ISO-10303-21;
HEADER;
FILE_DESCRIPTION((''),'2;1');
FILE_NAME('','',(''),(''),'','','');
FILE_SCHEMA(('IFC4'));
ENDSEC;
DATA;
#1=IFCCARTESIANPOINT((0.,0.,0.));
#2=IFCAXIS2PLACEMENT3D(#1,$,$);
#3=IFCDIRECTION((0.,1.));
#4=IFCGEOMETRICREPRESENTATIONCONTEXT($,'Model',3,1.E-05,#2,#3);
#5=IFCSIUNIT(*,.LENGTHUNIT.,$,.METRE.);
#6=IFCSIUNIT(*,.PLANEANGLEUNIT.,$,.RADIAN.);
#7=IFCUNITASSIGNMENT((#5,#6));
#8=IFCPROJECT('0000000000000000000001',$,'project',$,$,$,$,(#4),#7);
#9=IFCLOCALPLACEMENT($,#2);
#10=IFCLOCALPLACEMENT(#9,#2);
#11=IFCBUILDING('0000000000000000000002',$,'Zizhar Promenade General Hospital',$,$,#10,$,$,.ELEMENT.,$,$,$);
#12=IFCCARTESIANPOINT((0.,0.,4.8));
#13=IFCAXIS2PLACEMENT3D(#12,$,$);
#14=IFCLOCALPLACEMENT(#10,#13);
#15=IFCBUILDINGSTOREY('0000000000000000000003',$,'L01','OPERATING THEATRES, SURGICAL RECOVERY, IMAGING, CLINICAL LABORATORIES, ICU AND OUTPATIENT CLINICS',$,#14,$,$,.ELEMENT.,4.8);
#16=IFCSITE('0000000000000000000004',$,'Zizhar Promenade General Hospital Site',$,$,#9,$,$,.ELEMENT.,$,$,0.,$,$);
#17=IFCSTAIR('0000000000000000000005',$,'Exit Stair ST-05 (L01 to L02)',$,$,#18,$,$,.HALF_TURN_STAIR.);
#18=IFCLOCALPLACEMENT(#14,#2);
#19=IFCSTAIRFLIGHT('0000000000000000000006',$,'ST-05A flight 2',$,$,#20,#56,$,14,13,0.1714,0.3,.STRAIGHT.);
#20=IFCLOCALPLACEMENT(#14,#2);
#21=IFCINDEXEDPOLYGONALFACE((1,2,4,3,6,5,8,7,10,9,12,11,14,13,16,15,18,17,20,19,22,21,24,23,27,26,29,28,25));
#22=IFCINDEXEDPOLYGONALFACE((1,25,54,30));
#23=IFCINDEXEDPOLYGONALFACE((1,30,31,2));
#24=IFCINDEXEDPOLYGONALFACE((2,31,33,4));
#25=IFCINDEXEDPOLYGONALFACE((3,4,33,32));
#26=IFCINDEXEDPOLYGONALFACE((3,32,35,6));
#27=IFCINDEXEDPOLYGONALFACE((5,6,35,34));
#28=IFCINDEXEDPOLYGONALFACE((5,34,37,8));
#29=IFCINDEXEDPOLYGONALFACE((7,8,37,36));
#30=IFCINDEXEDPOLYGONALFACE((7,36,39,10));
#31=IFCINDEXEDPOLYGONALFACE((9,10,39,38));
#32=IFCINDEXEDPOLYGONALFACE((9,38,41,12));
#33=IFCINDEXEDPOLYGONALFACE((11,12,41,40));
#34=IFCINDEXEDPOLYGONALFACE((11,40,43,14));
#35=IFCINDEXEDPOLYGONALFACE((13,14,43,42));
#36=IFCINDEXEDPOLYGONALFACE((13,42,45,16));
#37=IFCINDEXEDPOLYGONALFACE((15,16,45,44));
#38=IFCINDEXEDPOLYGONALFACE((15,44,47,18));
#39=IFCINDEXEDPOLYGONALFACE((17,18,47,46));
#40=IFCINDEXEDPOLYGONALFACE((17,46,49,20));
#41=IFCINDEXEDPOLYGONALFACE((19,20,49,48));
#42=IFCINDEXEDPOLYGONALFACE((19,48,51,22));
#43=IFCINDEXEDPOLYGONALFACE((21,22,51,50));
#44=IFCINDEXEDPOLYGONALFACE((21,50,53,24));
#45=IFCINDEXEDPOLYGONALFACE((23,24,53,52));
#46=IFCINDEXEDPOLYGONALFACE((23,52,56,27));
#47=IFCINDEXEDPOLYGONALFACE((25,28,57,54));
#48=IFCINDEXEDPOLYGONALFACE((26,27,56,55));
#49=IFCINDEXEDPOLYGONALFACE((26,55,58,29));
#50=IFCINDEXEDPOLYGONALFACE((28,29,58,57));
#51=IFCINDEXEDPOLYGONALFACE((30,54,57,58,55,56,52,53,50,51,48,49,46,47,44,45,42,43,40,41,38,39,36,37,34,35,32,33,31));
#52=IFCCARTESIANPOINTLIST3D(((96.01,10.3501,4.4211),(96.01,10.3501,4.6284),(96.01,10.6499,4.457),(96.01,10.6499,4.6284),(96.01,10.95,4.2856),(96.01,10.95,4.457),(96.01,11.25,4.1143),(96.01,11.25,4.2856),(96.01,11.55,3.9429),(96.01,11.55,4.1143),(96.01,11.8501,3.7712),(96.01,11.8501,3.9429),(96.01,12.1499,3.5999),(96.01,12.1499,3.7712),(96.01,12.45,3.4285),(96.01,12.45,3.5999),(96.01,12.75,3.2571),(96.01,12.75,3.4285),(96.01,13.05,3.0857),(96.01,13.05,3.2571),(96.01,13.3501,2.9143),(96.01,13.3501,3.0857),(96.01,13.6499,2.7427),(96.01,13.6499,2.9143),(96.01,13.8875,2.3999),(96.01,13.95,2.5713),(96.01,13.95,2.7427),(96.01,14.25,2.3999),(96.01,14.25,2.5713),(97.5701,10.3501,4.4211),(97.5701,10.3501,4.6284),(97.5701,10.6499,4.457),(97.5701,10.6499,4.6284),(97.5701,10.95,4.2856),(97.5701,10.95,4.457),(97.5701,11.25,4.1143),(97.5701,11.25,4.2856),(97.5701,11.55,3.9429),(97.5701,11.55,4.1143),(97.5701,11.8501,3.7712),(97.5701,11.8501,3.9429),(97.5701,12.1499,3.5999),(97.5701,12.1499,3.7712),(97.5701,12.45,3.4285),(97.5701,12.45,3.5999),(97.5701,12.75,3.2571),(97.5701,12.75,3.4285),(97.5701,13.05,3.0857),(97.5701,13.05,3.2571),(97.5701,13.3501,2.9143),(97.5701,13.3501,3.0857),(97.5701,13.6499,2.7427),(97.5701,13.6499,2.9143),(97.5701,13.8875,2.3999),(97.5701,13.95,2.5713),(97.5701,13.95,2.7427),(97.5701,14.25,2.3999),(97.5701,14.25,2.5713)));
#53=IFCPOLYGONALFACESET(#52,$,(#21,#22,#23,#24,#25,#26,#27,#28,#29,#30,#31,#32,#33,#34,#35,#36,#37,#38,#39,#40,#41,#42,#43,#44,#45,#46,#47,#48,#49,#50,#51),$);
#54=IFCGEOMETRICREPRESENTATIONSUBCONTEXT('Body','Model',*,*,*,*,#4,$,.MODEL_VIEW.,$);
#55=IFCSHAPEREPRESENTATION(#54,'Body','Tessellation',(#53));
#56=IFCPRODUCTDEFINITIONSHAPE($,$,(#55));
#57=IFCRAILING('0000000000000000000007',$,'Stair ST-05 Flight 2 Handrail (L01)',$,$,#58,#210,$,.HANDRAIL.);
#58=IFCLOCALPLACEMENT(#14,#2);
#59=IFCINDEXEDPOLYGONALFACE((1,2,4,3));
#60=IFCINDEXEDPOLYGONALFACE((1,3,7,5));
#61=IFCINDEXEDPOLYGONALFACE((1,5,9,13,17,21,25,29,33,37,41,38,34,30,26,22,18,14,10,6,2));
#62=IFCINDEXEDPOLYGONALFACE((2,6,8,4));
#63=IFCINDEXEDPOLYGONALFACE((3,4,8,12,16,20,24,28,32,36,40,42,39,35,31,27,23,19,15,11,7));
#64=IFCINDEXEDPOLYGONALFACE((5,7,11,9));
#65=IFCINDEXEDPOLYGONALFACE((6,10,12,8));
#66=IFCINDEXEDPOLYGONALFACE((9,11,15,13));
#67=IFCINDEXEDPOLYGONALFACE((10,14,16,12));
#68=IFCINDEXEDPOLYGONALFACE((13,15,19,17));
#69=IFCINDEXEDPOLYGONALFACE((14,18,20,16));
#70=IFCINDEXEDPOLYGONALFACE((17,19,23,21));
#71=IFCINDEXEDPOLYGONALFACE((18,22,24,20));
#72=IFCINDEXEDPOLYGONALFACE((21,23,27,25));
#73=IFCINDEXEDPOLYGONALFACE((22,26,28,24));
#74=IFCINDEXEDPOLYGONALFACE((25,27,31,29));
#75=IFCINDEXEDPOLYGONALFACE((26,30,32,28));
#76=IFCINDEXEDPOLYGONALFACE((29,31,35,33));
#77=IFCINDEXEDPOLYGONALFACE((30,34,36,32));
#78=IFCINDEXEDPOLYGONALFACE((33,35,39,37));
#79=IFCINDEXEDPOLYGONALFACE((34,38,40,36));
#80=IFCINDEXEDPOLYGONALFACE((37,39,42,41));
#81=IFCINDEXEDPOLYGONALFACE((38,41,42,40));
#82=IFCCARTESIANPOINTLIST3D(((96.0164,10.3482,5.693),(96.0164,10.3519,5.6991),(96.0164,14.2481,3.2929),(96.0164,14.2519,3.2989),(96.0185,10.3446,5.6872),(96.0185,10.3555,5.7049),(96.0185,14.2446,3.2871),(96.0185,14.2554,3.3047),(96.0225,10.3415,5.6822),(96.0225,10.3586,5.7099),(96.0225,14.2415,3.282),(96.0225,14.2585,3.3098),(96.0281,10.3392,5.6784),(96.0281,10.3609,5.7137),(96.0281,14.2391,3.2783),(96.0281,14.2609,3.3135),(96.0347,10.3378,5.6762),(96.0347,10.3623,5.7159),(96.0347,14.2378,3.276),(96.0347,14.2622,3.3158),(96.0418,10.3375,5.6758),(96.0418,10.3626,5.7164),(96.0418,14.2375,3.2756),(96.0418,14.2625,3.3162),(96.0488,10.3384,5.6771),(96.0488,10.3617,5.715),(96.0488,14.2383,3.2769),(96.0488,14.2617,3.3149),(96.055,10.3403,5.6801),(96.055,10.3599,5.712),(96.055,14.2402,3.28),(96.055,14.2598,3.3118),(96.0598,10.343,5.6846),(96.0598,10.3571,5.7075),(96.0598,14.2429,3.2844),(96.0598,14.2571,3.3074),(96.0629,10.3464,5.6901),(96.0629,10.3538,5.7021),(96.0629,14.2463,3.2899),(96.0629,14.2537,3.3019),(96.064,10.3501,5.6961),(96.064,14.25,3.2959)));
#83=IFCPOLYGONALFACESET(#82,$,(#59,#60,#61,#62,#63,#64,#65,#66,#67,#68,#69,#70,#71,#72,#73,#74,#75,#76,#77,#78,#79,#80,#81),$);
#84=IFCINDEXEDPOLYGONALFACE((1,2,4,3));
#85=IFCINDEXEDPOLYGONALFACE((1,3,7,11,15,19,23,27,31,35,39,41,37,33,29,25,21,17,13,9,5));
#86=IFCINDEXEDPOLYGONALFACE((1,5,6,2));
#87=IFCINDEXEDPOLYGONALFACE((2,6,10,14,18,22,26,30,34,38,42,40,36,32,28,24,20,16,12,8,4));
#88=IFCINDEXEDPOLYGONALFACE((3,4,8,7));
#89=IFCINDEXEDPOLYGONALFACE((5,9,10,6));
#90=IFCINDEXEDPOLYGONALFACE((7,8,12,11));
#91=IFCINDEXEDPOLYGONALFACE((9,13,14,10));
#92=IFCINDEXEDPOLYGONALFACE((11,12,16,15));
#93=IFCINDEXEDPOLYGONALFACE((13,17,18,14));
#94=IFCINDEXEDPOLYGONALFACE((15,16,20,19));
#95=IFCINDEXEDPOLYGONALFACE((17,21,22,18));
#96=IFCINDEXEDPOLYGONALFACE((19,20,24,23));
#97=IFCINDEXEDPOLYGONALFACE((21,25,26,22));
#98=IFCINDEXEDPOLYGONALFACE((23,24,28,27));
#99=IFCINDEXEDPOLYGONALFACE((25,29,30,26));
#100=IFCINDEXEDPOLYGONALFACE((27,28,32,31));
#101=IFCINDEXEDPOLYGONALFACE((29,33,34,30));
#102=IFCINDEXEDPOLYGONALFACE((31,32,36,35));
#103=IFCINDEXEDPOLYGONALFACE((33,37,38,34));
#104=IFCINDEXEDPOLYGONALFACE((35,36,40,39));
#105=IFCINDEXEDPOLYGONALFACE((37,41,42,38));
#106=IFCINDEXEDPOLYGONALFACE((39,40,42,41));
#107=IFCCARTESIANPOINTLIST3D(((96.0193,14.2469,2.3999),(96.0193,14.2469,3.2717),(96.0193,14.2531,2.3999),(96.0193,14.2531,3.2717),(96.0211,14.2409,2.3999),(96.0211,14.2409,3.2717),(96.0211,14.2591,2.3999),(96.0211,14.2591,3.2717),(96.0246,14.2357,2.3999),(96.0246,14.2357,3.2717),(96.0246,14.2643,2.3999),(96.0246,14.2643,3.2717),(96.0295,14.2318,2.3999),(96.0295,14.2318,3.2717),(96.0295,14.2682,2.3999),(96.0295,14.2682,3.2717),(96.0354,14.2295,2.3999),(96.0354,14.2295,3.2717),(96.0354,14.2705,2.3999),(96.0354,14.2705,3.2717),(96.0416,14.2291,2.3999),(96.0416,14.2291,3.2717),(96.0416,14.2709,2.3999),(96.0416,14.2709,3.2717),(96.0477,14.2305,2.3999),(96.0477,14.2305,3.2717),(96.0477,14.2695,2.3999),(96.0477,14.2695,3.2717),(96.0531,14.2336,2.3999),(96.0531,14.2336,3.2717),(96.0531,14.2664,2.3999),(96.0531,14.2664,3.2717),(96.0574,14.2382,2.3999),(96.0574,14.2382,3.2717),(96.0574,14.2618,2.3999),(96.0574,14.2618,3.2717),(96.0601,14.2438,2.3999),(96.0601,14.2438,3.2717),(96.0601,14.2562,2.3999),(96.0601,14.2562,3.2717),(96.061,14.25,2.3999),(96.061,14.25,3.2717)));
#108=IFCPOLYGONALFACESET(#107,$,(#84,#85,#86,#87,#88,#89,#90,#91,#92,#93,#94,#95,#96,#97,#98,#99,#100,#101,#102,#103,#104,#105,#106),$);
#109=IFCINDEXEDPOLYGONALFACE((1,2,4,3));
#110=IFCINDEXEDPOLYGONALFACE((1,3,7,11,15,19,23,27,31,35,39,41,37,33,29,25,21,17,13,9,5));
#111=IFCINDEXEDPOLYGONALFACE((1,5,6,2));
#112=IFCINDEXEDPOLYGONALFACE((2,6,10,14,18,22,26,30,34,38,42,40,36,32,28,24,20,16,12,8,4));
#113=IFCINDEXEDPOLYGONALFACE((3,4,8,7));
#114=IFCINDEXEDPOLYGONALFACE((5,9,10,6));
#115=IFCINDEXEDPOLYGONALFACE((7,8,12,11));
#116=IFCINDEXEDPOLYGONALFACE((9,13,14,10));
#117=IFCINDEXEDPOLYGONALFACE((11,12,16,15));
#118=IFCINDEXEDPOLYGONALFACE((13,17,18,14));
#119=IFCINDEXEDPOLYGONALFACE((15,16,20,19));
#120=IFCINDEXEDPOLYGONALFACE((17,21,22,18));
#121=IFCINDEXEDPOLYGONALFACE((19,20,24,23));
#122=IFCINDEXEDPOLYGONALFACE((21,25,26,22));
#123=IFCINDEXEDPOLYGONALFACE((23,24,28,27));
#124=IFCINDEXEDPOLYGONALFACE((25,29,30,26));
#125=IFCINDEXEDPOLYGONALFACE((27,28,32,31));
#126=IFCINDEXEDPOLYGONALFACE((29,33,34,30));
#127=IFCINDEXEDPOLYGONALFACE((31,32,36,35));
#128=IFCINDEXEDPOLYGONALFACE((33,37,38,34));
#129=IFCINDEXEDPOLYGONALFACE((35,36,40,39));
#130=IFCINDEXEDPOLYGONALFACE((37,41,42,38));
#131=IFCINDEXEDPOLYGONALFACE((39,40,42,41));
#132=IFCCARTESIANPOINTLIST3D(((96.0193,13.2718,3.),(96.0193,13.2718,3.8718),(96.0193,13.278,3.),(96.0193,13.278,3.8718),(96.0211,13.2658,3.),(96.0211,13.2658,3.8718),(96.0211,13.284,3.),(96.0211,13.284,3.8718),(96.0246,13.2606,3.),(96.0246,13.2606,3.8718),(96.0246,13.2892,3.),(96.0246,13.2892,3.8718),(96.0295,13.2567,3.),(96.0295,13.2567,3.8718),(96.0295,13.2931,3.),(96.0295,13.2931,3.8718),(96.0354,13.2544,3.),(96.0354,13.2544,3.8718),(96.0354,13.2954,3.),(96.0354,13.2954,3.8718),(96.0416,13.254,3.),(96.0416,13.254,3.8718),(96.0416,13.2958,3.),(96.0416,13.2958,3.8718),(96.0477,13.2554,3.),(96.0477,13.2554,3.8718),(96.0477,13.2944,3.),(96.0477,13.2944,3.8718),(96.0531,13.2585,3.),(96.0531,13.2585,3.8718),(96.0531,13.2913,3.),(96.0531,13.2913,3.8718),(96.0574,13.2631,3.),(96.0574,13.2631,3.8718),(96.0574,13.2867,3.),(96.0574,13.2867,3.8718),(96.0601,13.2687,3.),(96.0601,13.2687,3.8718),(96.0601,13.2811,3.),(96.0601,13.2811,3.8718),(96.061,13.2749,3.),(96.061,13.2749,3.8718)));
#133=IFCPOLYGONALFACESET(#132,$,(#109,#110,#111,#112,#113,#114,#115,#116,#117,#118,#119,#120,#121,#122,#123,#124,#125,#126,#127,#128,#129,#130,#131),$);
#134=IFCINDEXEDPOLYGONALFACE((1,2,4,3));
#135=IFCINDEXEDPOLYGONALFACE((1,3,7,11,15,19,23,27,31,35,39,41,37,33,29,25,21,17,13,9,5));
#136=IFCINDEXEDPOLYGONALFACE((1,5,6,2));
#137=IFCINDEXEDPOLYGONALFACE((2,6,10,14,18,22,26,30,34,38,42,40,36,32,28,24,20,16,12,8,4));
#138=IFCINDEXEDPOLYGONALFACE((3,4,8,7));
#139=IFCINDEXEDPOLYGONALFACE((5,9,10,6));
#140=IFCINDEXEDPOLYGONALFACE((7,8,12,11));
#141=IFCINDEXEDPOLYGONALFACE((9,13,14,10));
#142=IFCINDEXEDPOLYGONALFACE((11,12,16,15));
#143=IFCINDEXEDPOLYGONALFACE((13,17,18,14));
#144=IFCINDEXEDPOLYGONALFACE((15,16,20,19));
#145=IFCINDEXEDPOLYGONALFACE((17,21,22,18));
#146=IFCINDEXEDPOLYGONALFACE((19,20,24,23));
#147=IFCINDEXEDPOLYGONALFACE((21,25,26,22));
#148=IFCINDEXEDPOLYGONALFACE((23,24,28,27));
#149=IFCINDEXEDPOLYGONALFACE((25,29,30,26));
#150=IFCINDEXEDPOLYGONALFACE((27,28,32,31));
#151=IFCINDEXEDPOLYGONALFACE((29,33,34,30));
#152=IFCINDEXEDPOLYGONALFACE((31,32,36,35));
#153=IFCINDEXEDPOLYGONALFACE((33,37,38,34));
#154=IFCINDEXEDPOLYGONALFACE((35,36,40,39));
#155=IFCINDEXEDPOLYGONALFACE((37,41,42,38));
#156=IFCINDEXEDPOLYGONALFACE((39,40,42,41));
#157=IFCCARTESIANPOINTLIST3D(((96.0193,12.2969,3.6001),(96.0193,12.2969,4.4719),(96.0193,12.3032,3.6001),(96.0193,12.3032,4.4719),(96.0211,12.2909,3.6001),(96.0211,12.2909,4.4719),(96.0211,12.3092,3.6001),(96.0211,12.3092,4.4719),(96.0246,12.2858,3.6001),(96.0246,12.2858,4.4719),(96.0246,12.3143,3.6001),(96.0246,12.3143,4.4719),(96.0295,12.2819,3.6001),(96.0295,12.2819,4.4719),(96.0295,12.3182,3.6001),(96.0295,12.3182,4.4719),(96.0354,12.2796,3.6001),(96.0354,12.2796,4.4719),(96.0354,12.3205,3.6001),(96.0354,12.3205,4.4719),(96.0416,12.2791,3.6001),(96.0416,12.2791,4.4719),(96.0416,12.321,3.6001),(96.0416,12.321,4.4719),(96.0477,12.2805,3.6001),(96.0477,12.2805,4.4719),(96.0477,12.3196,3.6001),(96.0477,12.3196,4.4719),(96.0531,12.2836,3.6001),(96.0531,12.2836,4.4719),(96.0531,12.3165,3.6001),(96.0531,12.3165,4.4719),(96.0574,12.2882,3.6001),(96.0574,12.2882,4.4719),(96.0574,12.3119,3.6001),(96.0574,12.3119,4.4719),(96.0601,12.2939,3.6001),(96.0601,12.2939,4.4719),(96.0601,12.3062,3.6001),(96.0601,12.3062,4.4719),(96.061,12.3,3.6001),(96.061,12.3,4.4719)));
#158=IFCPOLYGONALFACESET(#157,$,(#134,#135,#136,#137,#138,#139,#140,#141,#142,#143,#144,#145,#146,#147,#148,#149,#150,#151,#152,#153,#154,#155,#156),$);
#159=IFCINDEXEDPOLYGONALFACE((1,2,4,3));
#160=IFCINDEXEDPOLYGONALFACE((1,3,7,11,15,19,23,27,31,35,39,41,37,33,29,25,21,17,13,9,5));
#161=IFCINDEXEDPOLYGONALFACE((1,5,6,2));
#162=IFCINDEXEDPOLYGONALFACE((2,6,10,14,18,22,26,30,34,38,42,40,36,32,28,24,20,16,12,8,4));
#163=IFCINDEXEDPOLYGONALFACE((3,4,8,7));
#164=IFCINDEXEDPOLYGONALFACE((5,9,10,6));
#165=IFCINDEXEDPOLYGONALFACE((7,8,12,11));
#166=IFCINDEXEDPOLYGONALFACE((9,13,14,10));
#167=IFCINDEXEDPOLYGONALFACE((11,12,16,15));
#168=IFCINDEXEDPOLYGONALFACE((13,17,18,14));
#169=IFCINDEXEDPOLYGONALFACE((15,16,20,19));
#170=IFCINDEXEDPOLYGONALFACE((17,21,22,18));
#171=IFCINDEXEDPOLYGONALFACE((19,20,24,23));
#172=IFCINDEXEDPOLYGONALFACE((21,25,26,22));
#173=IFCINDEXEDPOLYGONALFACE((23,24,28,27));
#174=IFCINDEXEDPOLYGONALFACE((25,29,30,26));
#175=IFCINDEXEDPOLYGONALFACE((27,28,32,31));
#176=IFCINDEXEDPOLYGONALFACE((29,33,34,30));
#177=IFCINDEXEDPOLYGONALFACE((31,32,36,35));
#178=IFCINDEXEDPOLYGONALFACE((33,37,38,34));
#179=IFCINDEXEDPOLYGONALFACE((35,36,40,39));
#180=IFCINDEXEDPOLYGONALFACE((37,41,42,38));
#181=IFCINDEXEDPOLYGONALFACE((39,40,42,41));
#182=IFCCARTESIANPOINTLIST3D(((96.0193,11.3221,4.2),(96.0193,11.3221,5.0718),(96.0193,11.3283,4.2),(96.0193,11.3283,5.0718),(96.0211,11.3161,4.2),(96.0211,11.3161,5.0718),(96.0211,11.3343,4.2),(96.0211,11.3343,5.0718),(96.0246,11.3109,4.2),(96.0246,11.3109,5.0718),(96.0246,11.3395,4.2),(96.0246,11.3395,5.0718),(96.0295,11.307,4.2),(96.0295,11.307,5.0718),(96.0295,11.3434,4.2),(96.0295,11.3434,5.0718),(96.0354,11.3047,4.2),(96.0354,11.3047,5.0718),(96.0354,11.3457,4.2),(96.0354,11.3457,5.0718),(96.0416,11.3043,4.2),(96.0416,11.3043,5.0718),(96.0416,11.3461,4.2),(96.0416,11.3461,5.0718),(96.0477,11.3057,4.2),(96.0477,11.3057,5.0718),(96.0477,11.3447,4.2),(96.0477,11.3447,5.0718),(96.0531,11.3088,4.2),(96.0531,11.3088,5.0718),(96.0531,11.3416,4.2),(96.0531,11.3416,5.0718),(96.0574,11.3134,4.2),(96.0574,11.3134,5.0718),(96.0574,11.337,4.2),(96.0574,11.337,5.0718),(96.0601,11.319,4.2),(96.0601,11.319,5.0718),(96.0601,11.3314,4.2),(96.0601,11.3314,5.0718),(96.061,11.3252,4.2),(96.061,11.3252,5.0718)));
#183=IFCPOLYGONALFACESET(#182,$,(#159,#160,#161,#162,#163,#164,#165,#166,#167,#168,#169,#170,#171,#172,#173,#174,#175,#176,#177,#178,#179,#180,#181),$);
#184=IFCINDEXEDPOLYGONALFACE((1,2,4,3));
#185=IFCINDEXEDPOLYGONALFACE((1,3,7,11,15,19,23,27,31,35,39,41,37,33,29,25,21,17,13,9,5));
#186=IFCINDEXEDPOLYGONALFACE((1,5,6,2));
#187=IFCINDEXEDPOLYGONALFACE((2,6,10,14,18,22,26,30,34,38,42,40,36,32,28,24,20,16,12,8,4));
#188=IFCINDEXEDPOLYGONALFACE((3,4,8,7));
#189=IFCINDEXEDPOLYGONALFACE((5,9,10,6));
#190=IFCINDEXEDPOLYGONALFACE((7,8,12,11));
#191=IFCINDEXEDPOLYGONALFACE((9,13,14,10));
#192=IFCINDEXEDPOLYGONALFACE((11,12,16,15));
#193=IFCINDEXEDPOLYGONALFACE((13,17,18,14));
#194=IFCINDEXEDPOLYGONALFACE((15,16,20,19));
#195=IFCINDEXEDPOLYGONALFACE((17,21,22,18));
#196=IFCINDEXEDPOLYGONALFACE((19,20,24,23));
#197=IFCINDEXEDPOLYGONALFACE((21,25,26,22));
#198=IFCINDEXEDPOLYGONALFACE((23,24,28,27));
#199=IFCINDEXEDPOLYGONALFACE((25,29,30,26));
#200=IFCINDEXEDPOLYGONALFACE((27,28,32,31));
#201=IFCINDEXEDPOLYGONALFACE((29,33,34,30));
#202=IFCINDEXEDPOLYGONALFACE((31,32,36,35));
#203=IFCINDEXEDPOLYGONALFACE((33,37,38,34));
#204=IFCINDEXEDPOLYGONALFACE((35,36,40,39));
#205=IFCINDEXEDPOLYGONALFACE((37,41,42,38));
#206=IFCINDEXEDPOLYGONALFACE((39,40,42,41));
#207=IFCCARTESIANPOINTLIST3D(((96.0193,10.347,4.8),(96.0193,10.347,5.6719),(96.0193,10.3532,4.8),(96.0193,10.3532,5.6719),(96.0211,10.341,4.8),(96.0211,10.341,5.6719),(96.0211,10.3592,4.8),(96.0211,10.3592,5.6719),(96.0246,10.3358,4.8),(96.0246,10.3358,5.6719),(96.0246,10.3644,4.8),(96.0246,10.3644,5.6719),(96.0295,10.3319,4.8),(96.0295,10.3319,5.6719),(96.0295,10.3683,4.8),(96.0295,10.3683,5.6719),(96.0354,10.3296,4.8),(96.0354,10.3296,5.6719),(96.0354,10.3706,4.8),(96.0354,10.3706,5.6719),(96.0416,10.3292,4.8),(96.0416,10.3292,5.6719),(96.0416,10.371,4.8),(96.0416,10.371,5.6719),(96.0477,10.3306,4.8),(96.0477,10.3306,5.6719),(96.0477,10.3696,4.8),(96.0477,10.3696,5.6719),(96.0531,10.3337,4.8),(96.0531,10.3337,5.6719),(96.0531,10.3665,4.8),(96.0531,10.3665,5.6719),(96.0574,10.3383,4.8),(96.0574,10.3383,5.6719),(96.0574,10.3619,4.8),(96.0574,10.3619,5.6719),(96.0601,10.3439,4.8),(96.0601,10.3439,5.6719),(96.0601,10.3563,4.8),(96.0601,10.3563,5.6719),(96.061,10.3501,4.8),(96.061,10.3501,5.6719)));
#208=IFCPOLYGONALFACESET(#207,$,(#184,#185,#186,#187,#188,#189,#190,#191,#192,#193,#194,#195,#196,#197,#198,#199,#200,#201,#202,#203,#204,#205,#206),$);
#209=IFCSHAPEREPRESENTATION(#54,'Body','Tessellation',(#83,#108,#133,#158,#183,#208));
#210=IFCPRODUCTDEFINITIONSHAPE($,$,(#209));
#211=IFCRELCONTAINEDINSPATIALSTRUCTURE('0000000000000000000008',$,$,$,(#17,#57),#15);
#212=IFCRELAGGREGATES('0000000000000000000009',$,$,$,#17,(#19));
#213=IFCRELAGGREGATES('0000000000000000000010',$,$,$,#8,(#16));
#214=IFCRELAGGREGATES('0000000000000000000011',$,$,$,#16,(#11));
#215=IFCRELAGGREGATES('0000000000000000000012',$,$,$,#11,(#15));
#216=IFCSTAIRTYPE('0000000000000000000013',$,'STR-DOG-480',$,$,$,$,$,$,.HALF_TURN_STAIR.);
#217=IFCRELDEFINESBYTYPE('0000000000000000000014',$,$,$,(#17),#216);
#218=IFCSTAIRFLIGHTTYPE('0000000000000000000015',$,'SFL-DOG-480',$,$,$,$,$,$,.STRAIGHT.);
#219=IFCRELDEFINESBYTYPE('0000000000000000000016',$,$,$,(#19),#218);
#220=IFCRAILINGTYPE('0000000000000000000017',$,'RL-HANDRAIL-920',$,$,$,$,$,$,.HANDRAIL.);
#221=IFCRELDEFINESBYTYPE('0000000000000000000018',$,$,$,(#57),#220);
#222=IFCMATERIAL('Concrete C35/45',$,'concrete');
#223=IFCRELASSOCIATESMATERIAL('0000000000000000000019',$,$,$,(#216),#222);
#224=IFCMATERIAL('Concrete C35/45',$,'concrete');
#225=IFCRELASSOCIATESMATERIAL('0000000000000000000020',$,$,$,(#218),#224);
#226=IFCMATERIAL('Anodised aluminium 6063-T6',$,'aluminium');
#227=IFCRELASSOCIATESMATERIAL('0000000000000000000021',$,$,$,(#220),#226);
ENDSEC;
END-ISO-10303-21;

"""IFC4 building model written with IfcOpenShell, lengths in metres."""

from ifc_helpers import new_model, si_unit, direction, frame, origin, origin_2d, place, context, subcontext, project, spatial, polyline, circle, hollow_circle, outline, extrude, material, material_profile, profile_set, type_object, element, aggregate, save


model = new_model("IFC4")

# Units and contexts
model_context = context("Model", 3, precision=1e-05, world=origin(), true_north=direction((0.0, 1.0)))
body_context = subcontext(model_context, "Body", "Model", "MODEL_VIEW")
ifc_project = project(units=[si_unit("LENGTHUNIT", "METRE"), si_unit("PLANEANGLEUNIT", "RADIAN")], contexts=[model_context])

# Site, building, storey
site_placement = place(None, origin())
site = spatial("IfcSite", under=ifc_project, at=site_placement, Name="Zizhar Promenade General Hospital Site", CompositionType="ELEMENT", RefElevation=0.0)
building_placement = place(site_placement, origin())
building = spatial("IfcBuilding", under=site, at=building_placement, Name="Zizhar Promenade General Hospital", CompositionType="ELEMENT")
storey_placement = place(building_placement, frame((0.0, 0.0, 4.8)))
storey = spatial("IfcBuildingStorey", under=building, at=storey_placement, Name="L01", Description="OPERATING THEATRES, SURGICAL RECOVERY, IMAGING, CLINICAL LABORATORIES, ICU AND OUTPATIENT CLINICS", CompositionType="ELEMENT", Elevation=4.8)

# Stair, stair flight
ifc_material_1 = material(Name="Concrete C35/45", Category="concrete")
stair_type = type_object("IfcStairType", Name="STR-DOG-480", PredefinedType="HALF_TURN_STAIR", material=ifc_material_1)
stair_placement = place(storey_placement, origin())
stair = element("IfcStair", 1, at=stair_placement, inside=storey, type_object=stair_type, Name="Exit Stair ST-05 (L01 to L02)", PredefinedType="HALF_TURN_STAIR")
ifc_material_2 = material(Name="Concrete C35/45", Category="concrete")
stair_flight_type = type_object("IfcStairFlightType", Name="SFL-DOG-480", PredefinedType="STRAIGHT", material=ifc_material_2)
stair_flight_placement = place(storey_placement, frame((96.79, 14.25, 2.3999), z_axis=(0.0, 0.0, 1.0), x_axis=(0.0, -1.0, 0.0)))
stair_flight = element("IfcStairFlight", 2, at=stair_flight_placement, type_object=stair_flight_type, Name="ST-05A flight 2", NumberOfRisers=14, NumberOfTreads=13, PredefinedType="STRAIGHT", RiserHeight=0.1714, TreadLength=0.3, context=body_context, shape_type="SweptSolid", body=[
    extrude(outline(polyline([(0.0, 0.0), (0.0, 0.1714), (0.3, 0.1714), (0.3, 0.3428), (0.6001, 0.3428), (0.6001, 0.5144), (0.8999, 0.5144), (0.8999, 0.6858), (1.2, 0.6858), (1.2, 0.8572), (1.5, 0.8572), (1.5, 1.0286), (1.8, 1.0286), (1.8, 1.2), (2.1001, 1.2), (2.1001, 1.3713), (2.3999, 1.3713), (2.3999, 1.543), (2.7, 1.543), (2.7, 1.7144), (3.0, 1.7144), (3.0, 1.8857), (3.3, 1.8857), (3.3, 2.0571), (3.6001, 2.0571), (3.6001, 2.2285), (3.8999, 2.2285), (3.8999, 2.3999), (3.8999, 2.0212), (0.3625, 0.0), (0.0, 0.0)])), frame((0.0, 0.78, 0.0), z_axis=(0.0, -1.0, 0.0), x_axis=(1.0, 0.0, 0.0)), (0.0, 0.0, 1.0), 1.5601),
])
aggregate(stair, [stair_flight])

# Railing
ifc_material_3 = material(Name="Anodised aluminium 6063-T6", Category="aluminium")
ifc_material_profile_1 = material_profile(ifc_material_3, hollow_circle(Radius=0.0698, WallThickness=0.0063, at=origin_2d()))
ifc_profile_set_1 = profile_set([ifc_material_profile_1], Name="Anodised aluminium 6063-T6")
railing_type_1 = type_object("IfcRailingType", Name="RL-HANDRAIL-920", PredefinedType="HANDRAIL", material=ifc_profile_set_1)
railing_1_placement = place(storey_placement, frame((96.04, 14.25, 2.3999)))
element("IfcRailing", 3, at=railing_1_placement, inside=storey, type_object=railing_type_1, Name="Stair ST-05 Flight 2 Handrail (L01)", PredefinedType="HANDRAIL", context=body_context, shape_type="SweptSolid", body=[
    extrude(circle(Radius=0.0239, at=origin_2d()), frame((0.0, 0.0, 0.896), z_axis=(0.0, -0.851638, 0.52413), x_axis=(1.0, 0.0, 0.0)), (0.0, 0.0, 1.0), 4.5793),
    extrude(circle(Radius=0.021, at=origin_2d()), origin(), (0.0, 0.0, 1.0), 0.8718),
    extrude(circle(Radius=0.021, at=origin_2d()), frame((0.0, -0.9751, 0.6001)), (0.0, 0.0, 1.0), 0.8718),
    extrude(circle(Radius=0.021, at=origin_2d()), frame((0.0, -1.95, 1.2002)), (0.0, 0.0, 1.0), 0.8718),
    extrude(circle(Radius=0.021, at=origin_2d()), frame((0.0, -2.9248, 1.8)), (0.0, 0.0, 1.0), 0.8718),
    extrude(circle(Radius=0.021, at=origin_2d()), frame((0.0, -3.8999, 2.4001)), (0.0, 0.0, 1.0), 0.8718),
])

save(model, "model.ifc")
